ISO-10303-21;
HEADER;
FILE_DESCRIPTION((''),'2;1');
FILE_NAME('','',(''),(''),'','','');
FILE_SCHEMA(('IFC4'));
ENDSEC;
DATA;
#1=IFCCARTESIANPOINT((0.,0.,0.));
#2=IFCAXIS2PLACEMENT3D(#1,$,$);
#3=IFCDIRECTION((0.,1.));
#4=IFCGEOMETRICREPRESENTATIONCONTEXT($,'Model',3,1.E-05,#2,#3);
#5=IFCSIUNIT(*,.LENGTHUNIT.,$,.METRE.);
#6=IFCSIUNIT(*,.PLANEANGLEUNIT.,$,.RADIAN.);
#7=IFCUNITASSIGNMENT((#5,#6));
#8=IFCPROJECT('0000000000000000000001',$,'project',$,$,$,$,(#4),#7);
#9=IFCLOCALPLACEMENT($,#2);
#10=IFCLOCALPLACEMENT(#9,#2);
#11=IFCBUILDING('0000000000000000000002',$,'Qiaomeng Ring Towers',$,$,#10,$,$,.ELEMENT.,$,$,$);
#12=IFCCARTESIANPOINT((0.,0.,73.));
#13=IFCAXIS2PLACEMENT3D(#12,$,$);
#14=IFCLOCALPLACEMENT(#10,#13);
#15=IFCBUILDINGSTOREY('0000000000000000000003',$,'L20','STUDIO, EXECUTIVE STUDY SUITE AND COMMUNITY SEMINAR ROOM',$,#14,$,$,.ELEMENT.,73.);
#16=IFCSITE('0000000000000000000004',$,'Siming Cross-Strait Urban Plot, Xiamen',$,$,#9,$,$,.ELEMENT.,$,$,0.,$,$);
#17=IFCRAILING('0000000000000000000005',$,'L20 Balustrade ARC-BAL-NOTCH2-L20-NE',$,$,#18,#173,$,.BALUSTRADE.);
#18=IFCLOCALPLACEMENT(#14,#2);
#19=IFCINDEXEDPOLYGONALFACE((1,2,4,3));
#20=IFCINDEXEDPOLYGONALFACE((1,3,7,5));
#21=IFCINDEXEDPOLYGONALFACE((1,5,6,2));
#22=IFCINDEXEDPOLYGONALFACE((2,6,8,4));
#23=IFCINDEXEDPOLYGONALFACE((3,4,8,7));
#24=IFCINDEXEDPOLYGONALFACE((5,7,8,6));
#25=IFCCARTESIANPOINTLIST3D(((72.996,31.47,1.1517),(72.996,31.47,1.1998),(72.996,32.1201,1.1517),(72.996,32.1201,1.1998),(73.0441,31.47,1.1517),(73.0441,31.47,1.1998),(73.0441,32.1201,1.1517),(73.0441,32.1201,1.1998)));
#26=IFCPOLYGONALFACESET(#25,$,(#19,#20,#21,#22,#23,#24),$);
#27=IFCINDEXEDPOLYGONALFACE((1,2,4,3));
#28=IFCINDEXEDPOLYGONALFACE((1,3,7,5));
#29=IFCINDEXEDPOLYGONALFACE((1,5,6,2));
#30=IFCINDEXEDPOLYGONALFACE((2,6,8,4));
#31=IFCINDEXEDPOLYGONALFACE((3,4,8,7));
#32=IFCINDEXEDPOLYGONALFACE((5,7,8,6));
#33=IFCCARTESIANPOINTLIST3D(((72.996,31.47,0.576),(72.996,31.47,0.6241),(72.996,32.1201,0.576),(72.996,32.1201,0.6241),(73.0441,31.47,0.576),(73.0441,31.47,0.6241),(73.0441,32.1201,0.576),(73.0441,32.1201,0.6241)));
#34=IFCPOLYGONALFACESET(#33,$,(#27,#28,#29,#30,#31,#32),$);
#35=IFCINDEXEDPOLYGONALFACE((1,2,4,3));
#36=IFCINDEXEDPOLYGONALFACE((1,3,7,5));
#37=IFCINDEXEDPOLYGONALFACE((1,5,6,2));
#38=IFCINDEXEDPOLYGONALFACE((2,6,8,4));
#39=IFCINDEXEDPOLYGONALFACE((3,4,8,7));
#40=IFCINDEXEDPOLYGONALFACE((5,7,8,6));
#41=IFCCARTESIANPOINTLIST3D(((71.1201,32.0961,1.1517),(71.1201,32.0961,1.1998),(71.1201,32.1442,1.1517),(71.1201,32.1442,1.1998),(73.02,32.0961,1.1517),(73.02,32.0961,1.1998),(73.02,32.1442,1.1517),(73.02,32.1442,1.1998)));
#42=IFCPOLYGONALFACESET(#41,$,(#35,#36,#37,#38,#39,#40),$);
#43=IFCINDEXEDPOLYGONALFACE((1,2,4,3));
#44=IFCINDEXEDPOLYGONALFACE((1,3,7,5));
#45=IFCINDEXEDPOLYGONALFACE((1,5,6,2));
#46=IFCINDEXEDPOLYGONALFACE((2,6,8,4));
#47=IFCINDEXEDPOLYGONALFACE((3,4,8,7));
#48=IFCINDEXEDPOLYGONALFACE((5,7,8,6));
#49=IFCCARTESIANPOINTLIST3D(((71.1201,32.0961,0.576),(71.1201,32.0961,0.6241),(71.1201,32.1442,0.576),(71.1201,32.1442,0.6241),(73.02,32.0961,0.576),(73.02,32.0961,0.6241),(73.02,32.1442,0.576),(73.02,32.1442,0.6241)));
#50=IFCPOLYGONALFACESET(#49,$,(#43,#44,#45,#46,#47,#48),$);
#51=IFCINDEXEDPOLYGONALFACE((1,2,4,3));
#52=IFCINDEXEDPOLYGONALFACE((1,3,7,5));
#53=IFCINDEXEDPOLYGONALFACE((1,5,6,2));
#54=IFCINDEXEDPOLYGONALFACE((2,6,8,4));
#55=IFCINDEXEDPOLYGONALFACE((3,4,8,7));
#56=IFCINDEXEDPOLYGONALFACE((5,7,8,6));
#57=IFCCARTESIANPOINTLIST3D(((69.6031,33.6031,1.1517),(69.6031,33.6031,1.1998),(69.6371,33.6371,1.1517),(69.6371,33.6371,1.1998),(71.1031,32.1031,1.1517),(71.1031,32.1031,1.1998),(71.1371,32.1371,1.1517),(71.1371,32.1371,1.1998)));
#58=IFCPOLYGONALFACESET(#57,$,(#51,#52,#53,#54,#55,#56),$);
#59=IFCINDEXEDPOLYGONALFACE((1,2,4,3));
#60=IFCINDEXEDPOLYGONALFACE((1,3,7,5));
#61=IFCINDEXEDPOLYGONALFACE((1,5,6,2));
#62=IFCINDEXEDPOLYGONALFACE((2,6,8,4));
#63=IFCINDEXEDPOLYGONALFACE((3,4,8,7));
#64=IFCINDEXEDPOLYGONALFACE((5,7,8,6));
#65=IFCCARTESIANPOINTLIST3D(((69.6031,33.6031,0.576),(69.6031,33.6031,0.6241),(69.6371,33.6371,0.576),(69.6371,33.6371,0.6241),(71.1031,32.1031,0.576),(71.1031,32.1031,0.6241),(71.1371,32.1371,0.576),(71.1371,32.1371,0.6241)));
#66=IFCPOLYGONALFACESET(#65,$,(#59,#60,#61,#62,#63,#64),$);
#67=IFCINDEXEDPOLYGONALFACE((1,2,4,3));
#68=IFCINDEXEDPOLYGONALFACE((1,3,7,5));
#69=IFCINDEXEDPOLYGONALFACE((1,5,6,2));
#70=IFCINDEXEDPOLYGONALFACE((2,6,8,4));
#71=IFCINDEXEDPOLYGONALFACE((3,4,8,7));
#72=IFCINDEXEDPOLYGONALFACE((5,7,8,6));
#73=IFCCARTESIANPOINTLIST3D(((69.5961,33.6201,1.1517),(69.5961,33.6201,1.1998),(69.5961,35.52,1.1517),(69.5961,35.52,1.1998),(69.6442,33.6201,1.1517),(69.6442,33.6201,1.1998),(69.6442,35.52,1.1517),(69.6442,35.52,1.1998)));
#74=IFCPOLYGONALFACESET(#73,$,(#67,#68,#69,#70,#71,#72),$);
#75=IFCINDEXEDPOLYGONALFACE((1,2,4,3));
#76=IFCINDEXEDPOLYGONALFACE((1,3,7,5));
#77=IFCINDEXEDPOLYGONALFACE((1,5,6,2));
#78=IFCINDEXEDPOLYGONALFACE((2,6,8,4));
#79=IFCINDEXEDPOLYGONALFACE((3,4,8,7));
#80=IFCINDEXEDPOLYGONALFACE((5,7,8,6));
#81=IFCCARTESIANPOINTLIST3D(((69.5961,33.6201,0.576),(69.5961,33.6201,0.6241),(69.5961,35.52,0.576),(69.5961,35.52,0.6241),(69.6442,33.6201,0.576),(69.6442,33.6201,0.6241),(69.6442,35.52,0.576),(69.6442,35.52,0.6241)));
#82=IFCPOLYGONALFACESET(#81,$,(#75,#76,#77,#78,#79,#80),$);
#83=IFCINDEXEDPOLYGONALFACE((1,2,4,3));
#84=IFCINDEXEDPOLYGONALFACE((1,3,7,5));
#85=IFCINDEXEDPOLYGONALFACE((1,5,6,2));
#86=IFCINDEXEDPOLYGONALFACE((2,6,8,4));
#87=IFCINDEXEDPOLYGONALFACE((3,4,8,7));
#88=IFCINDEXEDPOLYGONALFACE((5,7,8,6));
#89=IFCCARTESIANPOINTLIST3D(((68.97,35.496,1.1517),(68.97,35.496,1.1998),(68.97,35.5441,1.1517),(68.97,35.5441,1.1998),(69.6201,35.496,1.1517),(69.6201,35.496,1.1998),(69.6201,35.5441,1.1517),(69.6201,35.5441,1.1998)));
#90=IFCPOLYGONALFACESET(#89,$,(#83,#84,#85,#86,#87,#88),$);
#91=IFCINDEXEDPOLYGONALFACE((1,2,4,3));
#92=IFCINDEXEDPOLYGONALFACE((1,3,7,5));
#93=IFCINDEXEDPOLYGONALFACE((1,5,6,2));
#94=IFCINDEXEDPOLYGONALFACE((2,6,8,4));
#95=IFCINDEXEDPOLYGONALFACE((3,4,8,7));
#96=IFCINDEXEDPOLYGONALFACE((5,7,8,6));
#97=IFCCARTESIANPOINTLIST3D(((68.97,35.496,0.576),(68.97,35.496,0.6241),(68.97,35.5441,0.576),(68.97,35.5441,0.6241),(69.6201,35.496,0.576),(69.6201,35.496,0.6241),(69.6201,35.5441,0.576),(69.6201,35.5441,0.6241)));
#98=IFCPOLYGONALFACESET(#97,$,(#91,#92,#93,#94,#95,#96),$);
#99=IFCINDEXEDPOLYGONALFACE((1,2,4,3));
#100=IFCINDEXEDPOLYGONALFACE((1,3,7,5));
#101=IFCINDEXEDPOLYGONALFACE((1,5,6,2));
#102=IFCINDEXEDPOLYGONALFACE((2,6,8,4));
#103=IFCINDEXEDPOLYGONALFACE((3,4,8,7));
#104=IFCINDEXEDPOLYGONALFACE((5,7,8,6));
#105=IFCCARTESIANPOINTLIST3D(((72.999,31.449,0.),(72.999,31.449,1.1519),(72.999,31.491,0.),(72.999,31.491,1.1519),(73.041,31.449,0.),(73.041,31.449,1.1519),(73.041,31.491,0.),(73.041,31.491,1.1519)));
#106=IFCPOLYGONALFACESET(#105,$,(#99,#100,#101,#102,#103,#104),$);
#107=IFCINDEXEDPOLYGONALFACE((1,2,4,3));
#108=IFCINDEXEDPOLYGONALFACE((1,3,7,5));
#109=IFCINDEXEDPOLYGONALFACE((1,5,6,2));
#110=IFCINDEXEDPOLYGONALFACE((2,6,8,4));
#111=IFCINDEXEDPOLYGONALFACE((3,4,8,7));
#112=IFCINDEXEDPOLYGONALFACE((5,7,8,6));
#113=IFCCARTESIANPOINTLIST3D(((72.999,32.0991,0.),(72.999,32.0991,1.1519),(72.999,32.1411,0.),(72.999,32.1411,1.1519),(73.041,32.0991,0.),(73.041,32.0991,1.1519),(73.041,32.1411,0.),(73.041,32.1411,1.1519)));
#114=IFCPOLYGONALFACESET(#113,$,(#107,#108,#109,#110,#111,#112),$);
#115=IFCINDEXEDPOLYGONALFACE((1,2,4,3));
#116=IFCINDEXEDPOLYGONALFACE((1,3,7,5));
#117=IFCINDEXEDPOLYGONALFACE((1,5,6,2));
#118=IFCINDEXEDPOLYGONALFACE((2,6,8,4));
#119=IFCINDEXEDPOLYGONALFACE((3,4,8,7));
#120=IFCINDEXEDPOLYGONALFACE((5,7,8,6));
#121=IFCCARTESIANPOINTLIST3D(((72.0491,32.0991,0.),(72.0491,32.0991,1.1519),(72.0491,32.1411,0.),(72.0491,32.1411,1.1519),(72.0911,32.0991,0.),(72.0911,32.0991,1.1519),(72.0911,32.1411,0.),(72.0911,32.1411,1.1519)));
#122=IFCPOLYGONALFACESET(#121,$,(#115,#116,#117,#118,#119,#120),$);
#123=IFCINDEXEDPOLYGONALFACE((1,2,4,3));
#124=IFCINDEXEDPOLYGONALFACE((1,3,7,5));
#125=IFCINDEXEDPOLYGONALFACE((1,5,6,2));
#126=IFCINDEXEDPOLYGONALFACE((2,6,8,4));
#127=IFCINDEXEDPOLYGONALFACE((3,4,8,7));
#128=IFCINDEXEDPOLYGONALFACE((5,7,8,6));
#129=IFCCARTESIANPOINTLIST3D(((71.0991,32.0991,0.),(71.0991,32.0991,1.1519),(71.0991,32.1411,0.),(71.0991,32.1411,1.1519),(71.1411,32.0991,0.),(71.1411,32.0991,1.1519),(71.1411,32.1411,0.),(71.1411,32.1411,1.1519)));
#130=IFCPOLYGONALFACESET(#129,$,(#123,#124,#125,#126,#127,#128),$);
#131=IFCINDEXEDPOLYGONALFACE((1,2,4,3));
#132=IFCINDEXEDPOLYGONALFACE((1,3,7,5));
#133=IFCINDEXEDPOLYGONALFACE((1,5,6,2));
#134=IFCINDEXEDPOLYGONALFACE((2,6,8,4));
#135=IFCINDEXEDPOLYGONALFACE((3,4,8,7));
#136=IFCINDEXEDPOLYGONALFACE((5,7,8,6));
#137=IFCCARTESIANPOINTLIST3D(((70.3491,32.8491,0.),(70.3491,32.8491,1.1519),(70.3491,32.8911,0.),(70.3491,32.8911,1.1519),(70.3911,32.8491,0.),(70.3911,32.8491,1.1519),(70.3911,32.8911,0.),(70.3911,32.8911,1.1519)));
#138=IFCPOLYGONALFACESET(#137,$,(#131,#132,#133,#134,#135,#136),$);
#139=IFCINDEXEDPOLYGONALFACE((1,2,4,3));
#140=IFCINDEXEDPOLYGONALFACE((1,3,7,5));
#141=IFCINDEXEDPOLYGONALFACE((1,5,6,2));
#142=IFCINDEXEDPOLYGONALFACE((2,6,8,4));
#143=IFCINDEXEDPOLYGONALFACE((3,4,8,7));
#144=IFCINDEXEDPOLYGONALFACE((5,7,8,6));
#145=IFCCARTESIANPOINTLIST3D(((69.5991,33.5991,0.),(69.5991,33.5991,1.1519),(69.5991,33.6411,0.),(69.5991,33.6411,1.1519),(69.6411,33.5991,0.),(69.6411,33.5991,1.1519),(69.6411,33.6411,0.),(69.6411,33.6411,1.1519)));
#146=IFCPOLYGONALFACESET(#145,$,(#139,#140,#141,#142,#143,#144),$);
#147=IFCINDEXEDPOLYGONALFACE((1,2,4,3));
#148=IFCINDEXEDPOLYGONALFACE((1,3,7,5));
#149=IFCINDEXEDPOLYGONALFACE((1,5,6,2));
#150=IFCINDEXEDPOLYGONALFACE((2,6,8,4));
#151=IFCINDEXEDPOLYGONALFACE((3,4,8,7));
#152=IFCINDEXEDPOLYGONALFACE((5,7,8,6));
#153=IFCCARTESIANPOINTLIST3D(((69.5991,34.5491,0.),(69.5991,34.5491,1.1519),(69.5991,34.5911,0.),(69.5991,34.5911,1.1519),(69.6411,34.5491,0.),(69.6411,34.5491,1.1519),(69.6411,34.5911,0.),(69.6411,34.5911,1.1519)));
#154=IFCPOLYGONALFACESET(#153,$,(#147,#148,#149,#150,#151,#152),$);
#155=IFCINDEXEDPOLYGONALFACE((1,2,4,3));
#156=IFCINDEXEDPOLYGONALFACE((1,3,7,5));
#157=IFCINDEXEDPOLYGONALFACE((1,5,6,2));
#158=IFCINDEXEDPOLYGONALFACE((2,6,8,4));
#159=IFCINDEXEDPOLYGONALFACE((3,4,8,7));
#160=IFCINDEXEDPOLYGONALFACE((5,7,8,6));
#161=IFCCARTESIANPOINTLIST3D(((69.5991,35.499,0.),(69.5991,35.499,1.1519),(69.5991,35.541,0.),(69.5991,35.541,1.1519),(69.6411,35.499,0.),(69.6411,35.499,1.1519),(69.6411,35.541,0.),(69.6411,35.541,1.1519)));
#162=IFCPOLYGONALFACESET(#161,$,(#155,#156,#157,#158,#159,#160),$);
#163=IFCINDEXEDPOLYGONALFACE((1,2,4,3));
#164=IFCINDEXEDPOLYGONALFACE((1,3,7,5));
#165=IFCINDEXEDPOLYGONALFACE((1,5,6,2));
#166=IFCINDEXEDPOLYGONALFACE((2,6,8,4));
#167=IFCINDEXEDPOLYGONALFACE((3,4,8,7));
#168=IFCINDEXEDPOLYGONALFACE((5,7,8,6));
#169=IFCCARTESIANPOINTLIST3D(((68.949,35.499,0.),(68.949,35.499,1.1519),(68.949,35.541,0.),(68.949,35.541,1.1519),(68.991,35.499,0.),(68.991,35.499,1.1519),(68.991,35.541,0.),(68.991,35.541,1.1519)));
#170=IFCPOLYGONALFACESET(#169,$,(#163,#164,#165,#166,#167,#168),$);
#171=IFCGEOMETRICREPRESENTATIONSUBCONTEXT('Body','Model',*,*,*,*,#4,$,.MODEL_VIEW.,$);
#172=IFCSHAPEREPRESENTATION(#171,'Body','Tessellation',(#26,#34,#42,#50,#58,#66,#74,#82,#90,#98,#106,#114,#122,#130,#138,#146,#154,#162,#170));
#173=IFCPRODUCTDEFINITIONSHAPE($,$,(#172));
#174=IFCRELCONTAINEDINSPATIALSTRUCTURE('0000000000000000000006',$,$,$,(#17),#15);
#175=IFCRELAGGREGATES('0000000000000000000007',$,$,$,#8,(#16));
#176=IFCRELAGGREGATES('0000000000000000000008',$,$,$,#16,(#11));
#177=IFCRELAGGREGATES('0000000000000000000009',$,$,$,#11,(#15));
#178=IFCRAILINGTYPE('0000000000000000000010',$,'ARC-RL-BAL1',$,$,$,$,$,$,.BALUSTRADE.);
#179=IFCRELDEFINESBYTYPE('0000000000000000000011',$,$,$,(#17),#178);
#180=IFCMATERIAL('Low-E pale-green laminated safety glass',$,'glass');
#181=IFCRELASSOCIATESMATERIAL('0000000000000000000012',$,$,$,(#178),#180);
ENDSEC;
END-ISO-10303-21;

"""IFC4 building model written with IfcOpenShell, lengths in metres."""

from ifc_helpers import new_model, si_unit, direction, frame, origin, origin_2d, place, context, subcontext, project, spatial, rectangle, extrude, material, type_object, element, save


model = new_model("IFC4")

# Units and contexts
model_context = context("Model", 3, precision=1e-05, world=origin(), true_north=direction((0.0, 1.0)))
body_context = subcontext(model_context, "Body", "Model", "MODEL_VIEW")
ifc_project = project(units=[si_unit("LENGTHUNIT", "METRE"), si_unit("PLANEANGLEUNIT", "RADIAN")], contexts=[model_context])

# Site, building, storey
site_placement = place(None, origin())
site = spatial("IfcSite", under=ifc_project, at=site_placement, Name="Siming Cross-Strait Urban Plot, Xiamen", CompositionType="ELEMENT", RefElevation=0.0)
building_placement = place(site_placement, origin())
building = spatial("IfcBuilding", under=site, at=building_placement, Name="Qiaomeng Ring Towers", CompositionType="ELEMENT")
storey_placement = place(building_placement, frame((0.0, 0.0, 73.0)))
storey = spatial("IfcBuildingStorey", under=building, at=storey_placement, Name="L20", Description="STUDIO, EXECUTIVE STUDY SUITE AND COMMUNITY SEMINAR ROOM", CompositionType="ELEMENT", Elevation=73.0)

# Railing
ifc_material_1 = material(Name="Low-E pale-green laminated safety glass", Category="glass")
railing_type = type_object("IfcRailingType", Name="ARC-RL-BAL1", PredefinedType="BALUSTRADE", material=ifc_material_1)
railing_1_placement = place(storey_placement, frame((73.02, 31.47, 0.0)))
element("IfcRailing", 1, at=railing_1_placement, inside=storey, type_object=railing_type, Name="L20 Balustrade ARC-BAL-NOTCH2-L20-NE", PredefinedType="BALUSTRADE", context=body_context, shape_type="SweptSolid", body=[
    extrude(rectangle(XDim=0.0481, YDim=0.0481, at=origin_2d()), frame((0.0, 0.0, 1.1758), z_axis=(0.0, 1.0, 0.0), x_axis=(-1.0, 0.0, 0.0)), (0.0, 0.0, 1.0), 0.6501),
    extrude(rectangle(XDim=0.0481, YDim=0.0481, at=origin_2d()), frame((0.0, 0.0, 0.6001), z_axis=(0.0, 1.0, 0.0), x_axis=(-1.0, 0.0, 0.0)), (0.0, 0.0, 1.0), 0.6501),
    extrude(rectangle(XDim=0.0481, YDim=0.0481, at=origin_2d()), frame((0.0, 0.6501, 1.1758), z_axis=(-1.0, 0.0, 0.0), x_axis=(0.0, -1.0, 0.0)), (0.0, 0.0, 1.0), 1.8999),
    extrude(rectangle(XDim=0.0481, YDim=0.0481, at=origin_2d()), frame((0.0, 0.6501, 0.6001), z_axis=(-1.0, 0.0, 0.0), x_axis=(0.0, -1.0, 0.0)), (0.0, 0.0, 1.0), 1.8999),
    extrude(rectangle(XDim=0.0481, YDim=0.0481, at=origin_2d()), frame((-1.8999, 0.6501, 1.1758), z_axis=(-0.707107, 0.707107, 0.0), x_axis=(-0.707107, -0.707107, 0.0)), (0.0, 0.0, 1.0), 2.1213),
    extrude(rectangle(XDim=0.0481, YDim=0.0481, at=origin_2d()), frame((-1.8999, 0.6501, 0.6001), z_axis=(-0.707107, 0.707107, 0.0), x_axis=(-0.707107, -0.707107, 0.0)), (0.0, 0.0, 1.0), 2.1213),
    extrude(rectangle(XDim=0.0481, YDim=0.0481, at=origin_2d()), frame((-3.3999, 2.1501, 1.1758), z_axis=(0.0, 1.0, 0.0), x_axis=(-1.0, 0.0, 0.0)), (0.0, 0.0, 1.0), 1.8999),
    extrude(rectangle(XDim=0.0481, YDim=0.0481, at=origin_2d()), frame((-3.3999, 2.1501, 0.6001), z_axis=(0.0, 1.0, 0.0), x_axis=(-1.0, 0.0, 0.0)), (0.0, 0.0, 1.0), 1.8999),
    extrude(rectangle(XDim=0.0481, YDim=0.0481, at=origin_2d()), frame((-3.3999, 4.05, 1.1758), z_axis=(-1.0, 0.0, 0.0), x_axis=(0.0, -1.0, 0.0)), (0.0, 0.0, 1.0), 0.6501),
    extrude(rectangle(XDim=0.0481, YDim=0.0481, at=origin_2d()), frame((-3.3999, 4.05, 0.6001), z_axis=(-1.0, 0.0, 0.0), x_axis=(0.0, -1.0, 0.0)), (0.0, 0.0, 1.0), 0.6501),
    extrude(rectangle(XDim=0.042, YDim=0.042, at=origin_2d()), origin(), (0.0, 0.0, 1.0), 1.1519),
    extrude(rectangle(XDim=0.042, YDim=0.042, at=origin_2d()), frame((0.0, 0.6501, 0.0)), (0.0, 0.0, 1.0), 1.1519),
    extrude(rectangle(XDim=0.042, YDim=0.042, at=origin_2d()), frame((-0.95, 0.6501, 0.0)), (0.0, 0.0, 1.0), 1.1519),
    extrude(rectangle(XDim=0.042, YDim=0.042, at=origin_2d()), frame((-1.8999, 0.6501, 0.0)), (0.0, 0.0, 1.0), 1.1519),
    extrude(rectangle(XDim=0.042, YDim=0.042, at=origin_2d()), frame((-2.6499, 1.4001, 0.0)), (0.0, 0.0, 1.0), 1.1519),
    extrude(rectangle(XDim=0.042, YDim=0.042, at=origin_2d()), frame((-3.3999, 2.1501, 0.0)), (0.0, 0.0, 1.0), 1.1519),
    extrude(rectangle(XDim=0.042, YDim=0.042, at=origin_2d()), frame((-3.3999, 3.1001, 0.0)), (0.0, 0.0, 1.0), 1.1519),
    extrude(rectangle(XDim=0.042, YDim=0.042, at=origin_2d()), frame((-3.3999, 4.05, 0.0)), (0.0, 0.0, 1.0), 1.1519),
    extrude(rectangle(XDim=0.042, YDim=0.042, at=origin_2d()), frame((-4.05, 4.05, 0.0)), (0.0, 0.0, 1.0), 1.1519),
])

save(model, "model.ifc")
